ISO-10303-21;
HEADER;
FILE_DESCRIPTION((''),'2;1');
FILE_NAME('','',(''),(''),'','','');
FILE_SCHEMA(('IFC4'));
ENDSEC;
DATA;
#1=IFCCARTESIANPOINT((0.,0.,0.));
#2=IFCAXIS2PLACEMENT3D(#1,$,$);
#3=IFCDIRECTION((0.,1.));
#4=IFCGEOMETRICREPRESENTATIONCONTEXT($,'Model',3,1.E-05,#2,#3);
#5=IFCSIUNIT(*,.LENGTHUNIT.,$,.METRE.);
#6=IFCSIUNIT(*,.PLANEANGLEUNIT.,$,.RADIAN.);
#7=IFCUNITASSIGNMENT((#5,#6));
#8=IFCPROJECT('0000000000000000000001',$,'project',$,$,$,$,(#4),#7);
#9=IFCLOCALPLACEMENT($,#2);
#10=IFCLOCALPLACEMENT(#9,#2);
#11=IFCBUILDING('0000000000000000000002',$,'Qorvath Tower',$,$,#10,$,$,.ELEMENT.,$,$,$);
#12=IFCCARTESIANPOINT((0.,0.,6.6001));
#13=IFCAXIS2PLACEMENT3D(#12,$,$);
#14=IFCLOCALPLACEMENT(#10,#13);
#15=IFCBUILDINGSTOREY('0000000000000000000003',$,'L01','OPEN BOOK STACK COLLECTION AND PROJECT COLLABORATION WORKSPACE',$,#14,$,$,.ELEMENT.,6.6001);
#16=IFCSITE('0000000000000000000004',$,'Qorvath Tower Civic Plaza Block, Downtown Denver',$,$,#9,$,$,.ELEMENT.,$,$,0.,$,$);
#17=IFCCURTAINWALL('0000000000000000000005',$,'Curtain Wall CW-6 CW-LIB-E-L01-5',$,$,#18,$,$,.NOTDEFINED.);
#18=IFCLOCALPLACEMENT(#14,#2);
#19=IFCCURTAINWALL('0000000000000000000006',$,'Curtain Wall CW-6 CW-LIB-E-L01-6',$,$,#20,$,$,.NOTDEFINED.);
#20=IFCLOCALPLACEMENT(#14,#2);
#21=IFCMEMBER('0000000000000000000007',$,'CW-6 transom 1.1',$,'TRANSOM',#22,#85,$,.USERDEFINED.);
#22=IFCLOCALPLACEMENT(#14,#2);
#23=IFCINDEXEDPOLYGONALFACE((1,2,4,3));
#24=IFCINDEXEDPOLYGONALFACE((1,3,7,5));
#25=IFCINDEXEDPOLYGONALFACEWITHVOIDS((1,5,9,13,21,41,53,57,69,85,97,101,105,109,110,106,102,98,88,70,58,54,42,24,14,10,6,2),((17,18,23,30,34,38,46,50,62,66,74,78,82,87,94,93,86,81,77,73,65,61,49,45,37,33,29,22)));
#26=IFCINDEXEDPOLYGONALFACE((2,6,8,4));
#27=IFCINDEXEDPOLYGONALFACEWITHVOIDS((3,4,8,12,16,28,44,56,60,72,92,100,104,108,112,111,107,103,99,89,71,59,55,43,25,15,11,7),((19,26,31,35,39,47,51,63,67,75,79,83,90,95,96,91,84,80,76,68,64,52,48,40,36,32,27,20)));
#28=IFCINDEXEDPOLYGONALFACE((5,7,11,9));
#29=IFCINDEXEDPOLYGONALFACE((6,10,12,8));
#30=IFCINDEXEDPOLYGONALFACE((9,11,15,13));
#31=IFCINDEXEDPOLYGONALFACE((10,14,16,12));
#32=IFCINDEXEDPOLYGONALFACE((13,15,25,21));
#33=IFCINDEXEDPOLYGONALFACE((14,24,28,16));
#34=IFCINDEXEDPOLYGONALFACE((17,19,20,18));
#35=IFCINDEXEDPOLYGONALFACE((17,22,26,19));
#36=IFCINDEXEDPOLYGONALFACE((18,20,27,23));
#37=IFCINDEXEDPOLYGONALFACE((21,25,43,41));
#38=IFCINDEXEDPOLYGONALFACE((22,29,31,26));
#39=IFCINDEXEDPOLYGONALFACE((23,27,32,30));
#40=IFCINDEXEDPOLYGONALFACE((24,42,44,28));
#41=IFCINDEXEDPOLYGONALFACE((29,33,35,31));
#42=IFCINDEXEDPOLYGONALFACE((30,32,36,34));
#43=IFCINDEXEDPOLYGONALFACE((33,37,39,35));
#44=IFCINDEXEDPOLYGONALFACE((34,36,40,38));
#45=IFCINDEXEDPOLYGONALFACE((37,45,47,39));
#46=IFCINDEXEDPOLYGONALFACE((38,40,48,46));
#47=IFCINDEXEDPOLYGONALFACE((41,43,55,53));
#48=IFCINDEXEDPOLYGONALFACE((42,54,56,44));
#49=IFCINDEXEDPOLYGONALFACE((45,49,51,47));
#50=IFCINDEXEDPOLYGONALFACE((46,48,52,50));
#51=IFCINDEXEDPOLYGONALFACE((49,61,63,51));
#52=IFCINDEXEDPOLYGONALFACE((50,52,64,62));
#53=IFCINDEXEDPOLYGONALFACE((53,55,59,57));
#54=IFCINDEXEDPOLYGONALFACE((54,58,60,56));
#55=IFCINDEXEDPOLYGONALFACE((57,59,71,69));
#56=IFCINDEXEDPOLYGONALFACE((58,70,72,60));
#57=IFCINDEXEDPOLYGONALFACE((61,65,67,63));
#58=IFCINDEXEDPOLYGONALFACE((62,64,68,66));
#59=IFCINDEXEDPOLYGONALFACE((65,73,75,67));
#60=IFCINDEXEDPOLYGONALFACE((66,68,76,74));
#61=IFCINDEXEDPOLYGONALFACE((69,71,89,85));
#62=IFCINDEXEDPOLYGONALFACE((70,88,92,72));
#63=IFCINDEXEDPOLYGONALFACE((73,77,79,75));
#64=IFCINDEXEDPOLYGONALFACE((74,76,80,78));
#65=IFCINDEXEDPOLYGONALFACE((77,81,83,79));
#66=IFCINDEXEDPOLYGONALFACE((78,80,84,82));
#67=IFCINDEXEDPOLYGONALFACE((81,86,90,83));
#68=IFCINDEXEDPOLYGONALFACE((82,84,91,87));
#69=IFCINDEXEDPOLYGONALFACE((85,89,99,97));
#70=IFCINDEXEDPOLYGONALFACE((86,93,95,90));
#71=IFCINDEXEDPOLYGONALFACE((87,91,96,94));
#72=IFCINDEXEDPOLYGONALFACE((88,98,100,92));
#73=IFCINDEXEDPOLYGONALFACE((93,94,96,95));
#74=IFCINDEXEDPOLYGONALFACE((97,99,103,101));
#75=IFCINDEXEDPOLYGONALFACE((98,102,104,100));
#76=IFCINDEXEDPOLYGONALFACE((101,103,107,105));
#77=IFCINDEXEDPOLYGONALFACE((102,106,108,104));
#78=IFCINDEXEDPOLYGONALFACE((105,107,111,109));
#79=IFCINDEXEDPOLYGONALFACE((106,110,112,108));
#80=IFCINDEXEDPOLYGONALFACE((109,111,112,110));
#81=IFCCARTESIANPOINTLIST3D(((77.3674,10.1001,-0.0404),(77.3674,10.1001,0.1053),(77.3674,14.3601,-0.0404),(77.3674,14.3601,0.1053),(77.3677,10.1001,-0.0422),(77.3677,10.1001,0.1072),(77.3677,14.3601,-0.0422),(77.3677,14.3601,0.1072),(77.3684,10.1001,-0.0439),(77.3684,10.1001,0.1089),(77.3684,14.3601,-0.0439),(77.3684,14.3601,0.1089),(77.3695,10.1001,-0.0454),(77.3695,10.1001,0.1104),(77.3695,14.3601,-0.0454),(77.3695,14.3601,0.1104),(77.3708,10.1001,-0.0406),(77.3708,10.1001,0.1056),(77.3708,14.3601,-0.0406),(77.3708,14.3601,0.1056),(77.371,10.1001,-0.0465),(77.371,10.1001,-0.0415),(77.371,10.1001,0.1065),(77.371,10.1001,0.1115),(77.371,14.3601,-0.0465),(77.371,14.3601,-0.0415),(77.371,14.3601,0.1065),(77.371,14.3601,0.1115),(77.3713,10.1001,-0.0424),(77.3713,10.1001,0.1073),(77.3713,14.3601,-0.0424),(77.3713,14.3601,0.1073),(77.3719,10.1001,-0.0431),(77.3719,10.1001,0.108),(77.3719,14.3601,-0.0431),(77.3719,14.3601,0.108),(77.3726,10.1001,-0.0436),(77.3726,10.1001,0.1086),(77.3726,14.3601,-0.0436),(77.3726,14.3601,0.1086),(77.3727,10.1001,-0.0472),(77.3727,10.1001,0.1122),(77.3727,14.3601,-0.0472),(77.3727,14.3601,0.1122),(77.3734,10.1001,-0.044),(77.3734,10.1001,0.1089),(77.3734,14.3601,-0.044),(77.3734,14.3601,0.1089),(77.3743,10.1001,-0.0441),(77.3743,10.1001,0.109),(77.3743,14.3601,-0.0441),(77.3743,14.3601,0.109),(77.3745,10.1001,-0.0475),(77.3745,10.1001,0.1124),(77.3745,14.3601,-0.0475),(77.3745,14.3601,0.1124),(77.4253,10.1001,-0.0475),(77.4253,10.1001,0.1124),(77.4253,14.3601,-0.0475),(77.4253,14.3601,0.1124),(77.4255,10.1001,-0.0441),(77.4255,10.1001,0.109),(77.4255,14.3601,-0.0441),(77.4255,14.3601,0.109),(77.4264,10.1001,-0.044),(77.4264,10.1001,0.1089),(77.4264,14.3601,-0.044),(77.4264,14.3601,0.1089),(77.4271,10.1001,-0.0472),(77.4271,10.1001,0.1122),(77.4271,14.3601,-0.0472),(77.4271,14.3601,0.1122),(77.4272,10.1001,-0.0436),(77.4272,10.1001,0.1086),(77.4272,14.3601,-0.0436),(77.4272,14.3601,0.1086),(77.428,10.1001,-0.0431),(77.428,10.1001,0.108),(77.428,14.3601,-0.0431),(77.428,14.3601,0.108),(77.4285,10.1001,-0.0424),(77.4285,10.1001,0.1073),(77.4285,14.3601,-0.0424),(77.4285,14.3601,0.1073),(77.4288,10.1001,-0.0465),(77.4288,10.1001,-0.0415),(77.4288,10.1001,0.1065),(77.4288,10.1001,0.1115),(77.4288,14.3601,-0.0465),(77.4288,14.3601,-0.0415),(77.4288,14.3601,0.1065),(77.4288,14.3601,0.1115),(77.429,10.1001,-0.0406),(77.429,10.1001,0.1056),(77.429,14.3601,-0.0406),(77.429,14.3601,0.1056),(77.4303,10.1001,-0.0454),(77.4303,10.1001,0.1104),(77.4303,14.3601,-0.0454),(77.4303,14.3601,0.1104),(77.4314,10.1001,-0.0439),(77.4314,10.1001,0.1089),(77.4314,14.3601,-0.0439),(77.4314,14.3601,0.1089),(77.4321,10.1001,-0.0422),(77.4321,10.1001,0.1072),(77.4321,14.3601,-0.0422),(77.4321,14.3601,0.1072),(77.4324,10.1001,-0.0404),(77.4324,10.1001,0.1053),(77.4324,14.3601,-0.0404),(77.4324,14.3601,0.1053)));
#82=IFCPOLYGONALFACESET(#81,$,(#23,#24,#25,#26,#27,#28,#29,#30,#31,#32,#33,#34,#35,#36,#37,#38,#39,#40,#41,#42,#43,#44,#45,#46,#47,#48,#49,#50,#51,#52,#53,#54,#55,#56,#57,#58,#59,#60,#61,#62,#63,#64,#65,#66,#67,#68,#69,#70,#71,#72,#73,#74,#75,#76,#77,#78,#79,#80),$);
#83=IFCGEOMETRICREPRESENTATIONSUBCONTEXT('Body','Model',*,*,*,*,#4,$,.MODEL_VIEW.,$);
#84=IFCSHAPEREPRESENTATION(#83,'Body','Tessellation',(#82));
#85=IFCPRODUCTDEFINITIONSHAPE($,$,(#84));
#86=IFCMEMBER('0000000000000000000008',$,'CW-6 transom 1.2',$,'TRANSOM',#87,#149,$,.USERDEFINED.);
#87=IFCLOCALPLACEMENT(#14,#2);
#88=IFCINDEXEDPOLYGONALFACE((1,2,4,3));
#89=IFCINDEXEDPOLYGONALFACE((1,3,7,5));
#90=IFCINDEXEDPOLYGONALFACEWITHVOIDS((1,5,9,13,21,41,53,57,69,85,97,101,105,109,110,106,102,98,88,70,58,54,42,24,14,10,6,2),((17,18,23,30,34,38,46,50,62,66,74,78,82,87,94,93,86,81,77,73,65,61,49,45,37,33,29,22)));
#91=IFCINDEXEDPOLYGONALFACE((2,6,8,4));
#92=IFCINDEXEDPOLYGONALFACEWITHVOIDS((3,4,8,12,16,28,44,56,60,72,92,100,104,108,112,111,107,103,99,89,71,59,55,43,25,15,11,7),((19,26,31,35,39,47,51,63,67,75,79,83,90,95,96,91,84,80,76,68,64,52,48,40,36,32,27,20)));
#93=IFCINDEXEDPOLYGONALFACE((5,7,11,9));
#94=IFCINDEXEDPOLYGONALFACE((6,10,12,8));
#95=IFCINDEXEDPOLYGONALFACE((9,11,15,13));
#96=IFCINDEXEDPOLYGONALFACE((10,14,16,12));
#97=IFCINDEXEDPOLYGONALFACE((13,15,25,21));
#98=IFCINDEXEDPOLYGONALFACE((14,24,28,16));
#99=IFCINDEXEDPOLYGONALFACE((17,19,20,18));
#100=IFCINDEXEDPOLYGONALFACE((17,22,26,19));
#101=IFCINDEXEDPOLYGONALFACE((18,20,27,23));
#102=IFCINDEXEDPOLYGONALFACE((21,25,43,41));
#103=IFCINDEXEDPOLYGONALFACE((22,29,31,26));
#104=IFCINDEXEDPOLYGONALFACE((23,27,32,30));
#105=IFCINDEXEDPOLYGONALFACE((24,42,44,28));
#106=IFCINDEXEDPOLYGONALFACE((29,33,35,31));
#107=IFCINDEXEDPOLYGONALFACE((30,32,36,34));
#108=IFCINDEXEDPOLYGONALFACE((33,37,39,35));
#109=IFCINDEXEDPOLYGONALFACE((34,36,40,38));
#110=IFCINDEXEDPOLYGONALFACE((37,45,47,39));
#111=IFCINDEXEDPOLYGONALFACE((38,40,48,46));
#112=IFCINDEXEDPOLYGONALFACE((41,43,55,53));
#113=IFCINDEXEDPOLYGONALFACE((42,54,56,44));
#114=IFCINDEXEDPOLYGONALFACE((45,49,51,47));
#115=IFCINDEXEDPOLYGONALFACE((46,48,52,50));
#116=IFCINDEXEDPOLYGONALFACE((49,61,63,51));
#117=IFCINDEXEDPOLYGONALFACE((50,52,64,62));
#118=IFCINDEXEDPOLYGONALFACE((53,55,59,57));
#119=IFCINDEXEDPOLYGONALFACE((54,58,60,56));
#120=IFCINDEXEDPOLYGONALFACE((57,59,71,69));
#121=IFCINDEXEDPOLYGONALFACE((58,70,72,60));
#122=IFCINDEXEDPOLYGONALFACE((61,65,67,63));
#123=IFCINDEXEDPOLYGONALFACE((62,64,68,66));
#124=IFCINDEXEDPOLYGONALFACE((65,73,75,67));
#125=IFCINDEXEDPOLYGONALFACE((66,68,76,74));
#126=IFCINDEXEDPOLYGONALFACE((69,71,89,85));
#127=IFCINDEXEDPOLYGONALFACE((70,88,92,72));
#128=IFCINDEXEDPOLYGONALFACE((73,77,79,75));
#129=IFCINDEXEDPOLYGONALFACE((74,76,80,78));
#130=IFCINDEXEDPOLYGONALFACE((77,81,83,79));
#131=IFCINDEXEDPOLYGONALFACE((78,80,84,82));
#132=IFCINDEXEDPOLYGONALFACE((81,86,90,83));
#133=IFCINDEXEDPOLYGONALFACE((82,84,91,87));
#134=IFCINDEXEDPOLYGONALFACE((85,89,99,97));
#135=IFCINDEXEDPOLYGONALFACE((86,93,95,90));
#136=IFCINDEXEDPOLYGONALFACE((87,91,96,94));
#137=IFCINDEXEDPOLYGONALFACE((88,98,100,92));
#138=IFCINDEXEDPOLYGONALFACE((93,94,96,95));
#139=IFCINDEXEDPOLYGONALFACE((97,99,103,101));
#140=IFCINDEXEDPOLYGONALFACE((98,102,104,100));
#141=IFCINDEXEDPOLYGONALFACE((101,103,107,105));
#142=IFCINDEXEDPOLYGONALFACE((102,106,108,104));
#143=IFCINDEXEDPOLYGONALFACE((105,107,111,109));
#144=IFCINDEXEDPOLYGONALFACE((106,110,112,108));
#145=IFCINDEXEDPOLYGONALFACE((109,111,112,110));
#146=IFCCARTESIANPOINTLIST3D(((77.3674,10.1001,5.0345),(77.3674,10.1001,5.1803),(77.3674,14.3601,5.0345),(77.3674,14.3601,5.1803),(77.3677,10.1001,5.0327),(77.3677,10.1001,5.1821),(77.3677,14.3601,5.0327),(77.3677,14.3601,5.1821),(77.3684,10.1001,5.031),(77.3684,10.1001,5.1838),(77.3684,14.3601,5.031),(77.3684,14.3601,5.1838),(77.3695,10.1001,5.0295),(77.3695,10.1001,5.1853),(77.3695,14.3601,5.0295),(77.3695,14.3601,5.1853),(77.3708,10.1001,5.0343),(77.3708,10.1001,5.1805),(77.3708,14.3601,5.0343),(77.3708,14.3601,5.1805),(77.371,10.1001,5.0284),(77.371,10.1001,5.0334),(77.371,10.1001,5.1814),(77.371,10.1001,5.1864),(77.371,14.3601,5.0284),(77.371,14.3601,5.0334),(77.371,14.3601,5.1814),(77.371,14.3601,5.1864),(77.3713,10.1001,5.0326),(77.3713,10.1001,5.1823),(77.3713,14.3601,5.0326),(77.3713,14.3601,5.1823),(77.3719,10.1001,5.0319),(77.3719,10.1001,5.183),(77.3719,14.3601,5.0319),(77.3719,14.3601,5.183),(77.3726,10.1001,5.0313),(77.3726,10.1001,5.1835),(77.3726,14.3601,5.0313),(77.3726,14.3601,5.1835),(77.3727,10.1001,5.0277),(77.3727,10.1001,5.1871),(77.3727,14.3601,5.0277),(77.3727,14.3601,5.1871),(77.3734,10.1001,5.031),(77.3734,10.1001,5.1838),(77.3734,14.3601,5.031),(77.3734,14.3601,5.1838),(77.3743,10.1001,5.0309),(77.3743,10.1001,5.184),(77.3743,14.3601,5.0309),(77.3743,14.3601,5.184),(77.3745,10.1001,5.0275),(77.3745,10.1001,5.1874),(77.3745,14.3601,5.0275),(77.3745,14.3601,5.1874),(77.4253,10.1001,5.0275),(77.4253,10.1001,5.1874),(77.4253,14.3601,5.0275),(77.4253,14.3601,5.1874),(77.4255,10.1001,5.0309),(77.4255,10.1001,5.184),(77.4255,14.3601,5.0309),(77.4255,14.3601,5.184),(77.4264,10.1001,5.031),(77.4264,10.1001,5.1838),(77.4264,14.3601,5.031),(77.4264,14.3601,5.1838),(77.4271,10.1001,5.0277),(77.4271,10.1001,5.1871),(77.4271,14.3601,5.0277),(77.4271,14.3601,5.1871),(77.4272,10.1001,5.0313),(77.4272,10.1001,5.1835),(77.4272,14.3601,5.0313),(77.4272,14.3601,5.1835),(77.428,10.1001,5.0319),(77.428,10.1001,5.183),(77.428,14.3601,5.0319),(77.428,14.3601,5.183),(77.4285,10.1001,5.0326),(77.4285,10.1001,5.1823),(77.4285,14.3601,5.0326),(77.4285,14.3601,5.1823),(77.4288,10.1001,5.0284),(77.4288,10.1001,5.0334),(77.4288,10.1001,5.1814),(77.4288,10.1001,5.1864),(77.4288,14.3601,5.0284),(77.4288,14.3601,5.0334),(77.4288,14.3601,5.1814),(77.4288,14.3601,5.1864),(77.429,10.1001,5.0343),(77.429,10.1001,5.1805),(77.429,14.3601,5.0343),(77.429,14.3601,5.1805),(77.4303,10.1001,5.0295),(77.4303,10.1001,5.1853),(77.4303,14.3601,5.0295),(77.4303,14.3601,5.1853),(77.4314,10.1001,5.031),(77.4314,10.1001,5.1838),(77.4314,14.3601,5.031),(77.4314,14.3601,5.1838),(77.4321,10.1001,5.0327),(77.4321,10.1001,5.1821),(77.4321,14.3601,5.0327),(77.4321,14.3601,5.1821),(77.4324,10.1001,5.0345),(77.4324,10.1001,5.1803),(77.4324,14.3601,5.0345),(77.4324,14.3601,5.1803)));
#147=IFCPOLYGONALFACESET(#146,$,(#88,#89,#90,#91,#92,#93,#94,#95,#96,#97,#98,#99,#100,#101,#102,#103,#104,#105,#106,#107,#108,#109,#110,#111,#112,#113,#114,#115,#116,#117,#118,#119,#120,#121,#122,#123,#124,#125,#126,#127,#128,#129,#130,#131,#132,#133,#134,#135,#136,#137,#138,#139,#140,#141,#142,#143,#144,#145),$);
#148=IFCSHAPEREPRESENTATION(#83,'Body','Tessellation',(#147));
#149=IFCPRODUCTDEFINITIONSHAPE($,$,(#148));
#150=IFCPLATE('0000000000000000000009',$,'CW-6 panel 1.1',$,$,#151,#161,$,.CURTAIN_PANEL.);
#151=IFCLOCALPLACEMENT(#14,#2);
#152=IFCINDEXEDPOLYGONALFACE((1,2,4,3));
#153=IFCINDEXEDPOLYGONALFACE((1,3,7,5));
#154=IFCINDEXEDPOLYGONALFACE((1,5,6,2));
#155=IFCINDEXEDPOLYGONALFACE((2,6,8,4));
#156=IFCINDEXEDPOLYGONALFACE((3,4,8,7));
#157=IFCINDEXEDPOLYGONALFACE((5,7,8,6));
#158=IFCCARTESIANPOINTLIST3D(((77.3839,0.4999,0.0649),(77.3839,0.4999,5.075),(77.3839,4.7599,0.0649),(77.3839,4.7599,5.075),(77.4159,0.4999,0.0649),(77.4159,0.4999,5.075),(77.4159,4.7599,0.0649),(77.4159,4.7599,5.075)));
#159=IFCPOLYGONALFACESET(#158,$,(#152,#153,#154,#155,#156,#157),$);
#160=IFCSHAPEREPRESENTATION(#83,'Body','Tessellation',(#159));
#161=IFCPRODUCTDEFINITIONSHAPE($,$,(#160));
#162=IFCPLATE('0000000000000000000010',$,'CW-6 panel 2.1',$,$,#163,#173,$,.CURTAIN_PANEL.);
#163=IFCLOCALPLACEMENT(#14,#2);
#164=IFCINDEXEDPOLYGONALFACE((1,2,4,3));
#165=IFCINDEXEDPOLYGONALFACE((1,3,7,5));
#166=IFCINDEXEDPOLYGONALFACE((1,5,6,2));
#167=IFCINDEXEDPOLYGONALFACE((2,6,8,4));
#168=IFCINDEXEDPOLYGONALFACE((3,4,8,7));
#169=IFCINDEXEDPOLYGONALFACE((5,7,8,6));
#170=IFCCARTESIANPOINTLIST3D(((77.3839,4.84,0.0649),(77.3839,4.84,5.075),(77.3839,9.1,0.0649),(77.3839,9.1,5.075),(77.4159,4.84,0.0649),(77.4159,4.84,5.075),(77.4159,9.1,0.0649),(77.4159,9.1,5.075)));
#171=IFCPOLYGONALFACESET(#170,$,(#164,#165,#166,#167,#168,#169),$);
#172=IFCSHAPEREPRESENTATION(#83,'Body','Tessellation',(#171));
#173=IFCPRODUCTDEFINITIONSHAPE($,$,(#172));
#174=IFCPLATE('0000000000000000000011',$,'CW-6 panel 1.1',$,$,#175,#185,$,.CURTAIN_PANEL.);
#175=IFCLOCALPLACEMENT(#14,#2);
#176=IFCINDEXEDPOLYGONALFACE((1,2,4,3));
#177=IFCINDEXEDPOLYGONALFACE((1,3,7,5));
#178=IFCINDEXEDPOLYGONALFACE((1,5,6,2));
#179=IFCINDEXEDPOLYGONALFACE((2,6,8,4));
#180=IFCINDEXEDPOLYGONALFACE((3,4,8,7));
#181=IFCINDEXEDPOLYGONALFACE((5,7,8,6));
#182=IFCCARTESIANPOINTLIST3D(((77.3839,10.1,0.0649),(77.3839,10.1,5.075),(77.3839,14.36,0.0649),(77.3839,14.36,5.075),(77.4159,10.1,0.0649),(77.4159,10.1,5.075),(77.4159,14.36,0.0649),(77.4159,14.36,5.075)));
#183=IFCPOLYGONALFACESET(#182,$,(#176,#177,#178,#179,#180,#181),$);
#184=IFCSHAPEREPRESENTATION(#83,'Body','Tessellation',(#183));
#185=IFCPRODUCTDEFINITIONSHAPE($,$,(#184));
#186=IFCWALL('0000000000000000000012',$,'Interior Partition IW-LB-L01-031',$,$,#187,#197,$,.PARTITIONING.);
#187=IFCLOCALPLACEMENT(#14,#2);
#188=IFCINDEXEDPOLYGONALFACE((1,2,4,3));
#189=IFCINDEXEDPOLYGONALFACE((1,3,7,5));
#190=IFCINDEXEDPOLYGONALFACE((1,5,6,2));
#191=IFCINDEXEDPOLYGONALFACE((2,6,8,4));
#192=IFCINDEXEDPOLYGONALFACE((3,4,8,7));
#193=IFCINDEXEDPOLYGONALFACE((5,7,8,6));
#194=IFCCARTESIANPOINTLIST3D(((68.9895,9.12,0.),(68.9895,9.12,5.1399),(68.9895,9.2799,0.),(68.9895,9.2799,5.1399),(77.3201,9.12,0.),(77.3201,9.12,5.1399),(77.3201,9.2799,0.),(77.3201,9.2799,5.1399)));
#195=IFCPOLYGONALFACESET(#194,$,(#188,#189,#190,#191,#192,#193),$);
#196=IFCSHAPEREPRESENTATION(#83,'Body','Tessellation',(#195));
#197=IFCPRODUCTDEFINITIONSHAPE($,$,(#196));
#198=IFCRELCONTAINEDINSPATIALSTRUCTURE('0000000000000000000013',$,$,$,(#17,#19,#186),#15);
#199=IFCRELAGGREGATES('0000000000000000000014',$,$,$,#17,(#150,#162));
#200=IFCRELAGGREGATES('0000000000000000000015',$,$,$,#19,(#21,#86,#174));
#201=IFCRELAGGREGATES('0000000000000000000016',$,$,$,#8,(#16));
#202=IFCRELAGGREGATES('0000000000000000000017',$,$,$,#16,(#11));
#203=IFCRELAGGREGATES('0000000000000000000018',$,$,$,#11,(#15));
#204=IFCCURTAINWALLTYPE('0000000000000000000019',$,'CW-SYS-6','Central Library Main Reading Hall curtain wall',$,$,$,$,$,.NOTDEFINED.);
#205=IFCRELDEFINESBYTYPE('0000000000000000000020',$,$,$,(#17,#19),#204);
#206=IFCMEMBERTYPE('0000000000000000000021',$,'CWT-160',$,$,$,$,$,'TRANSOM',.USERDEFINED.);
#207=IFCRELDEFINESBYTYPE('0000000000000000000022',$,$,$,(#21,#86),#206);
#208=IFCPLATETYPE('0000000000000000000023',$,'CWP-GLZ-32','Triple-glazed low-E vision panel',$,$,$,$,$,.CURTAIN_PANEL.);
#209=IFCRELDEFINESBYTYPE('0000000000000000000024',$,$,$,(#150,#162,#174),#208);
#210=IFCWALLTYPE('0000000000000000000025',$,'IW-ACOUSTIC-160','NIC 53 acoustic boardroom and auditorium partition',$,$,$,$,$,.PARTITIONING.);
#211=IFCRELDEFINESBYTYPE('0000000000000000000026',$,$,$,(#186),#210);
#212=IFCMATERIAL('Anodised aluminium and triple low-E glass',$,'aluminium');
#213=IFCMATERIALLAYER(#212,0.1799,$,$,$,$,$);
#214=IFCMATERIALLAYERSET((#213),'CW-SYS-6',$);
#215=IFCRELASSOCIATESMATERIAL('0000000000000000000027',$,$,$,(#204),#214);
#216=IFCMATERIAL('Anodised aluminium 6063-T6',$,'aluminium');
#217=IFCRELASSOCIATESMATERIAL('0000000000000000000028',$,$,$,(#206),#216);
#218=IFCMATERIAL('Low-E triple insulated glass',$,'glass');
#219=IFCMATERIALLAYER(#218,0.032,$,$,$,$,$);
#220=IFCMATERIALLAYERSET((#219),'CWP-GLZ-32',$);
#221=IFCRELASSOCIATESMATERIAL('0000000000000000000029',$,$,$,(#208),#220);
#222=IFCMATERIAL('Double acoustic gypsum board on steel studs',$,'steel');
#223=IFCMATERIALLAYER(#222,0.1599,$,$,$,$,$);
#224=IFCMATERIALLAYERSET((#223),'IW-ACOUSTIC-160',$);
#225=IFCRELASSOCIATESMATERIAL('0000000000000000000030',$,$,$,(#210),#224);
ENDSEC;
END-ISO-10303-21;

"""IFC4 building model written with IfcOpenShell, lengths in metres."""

from ifc_helpers import new_model, si_unit, direction, frame, frame_2d, origin, origin_2d, place, context, subcontext, project, spatial, rectangle, hollow_rectangle, extrude, material, layer, layer_set, material_profile, profile_set, type_object, element, aggregate, save


model = new_model("IFC4")

# Units and contexts
model_context = context("Model", 3, precision=1e-05, world=origin(), true_north=direction((0.0, 1.0)))
body_context = subcontext(model_context, "Body", "Model", "MODEL_VIEW")
ifc_project = project(units=[si_unit("LENGTHUNIT", "METRE"), si_unit("PLANEANGLEUNIT", "RADIAN")], contexts=[model_context])

# Site, building, storey
site_placement = place(None, origin())
site = spatial("IfcSite", under=ifc_project, at=site_placement, Name="Qorvath Tower Civic Plaza Block, Downtown Denver", CompositionType="ELEMENT", RefElevation=0.0)
building_placement = place(site_placement, origin())
building = spatial("IfcBuilding", under=site, at=building_placement, Name="Qorvath Tower", CompositionType="ELEMENT")
storey_placement = place(building_placement, frame((0.0, 0.0, 6.6001)))
storey = spatial("IfcBuildingStorey", under=building, at=storey_placement, Name="L01", Description="OPEN BOOK STACK COLLECTION AND PROJECT COLLABORATION WORKSPACE", CompositionType="ELEMENT", Elevation=6.6001)

# Curtain walls
ifc_material_1 = material(Name="Anodised aluminium and triple low-E glass", Category="aluminium")
ifc_layer_1 = layer(ifc_material_1, 0.1799)
ifc_layer_set_1 = layer_set([ifc_layer_1], Name="CW-SYS-6")
curtain_wall_type = type_object("IfcCurtainWallType", Name="CW-SYS-6", Description="Central Library Main Reading Hall curtain wall", PredefinedType="NOTDEFINED", material=ifc_layer_set_1)
curtain_wall_1_placement = place(storey_placement, origin())
curtain_wall_1 = element("IfcCurtainWall", 1, at=curtain_wall_1_placement, inside=storey, type_object=curtain_wall_type, Name="Curtain Wall CW-6 CW-LIB-E-L01-5", PredefinedType="NOTDEFINED")
curtain_wall_2_placement = place(storey_placement, origin())
curtain_wall_2 = element("IfcCurtainWall", 2, at=curtain_wall_2_placement, inside=storey, type_object=curtain_wall_type, Name="Curtain Wall CW-6 CW-LIB-E-L01-6", PredefinedType="NOTDEFINED")

# Members
ifc_material_2 = material(Name="Anodised aluminium 6063-T6", Category="aluminium")
ifc_material_profile_1 = material_profile(ifc_material_2, hollow_rectangle(XDim=0.0649, YDim=0.1599, WallThickness=0.0034, InnerFilletRadius=0.0034, OuterFilletRadius=0.0071, at=origin_2d()), Name="CWT 160x65")
ifc_profile_set_1 = profile_set([ifc_material_profile_1], Name="Anodised aluminium 6063-T6")
member_type_1 = type_object("IfcMemberType", Name="CWT-160", ElementType="TRANSOM", PredefinedType="USERDEFINED", material=ifc_profile_set_1)
member_1_placement = place(storey_placement, frame((77.3999, 10.1001, 0.0325), z_axis=(0.0, 1.0, 0.0), x_axis=(-1.0, 0.0, 0.0)))
member_1 = element("IfcMember", 3, at=member_1_placement, type_object=member_type_1, Name="CW-6 transom 1.1", ObjectType="TRANSOM", PredefinedType="USERDEFINED", context=body_context, shape_type="SweptSolid", body=[
    extrude(hollow_rectangle(XDim=0.0649, YDim=0.1599, WallThickness=0.0034, InnerFilletRadius=0.0034, OuterFilletRadius=0.0071, at=origin_2d()), origin(), (0.0, 0.0, 1.0), 4.26),
])
member_2_placement = place(storey_placement, frame((77.3999, 10.1001, 5.1074), z_axis=(0.0, 1.0, 0.0), x_axis=(-1.0, 0.0, 0.0)))
member_2 = element("IfcMember", 4, at=member_2_placement, type_object=member_type_1, Name="CW-6 transom 1.2", ObjectType="TRANSOM", PredefinedType="USERDEFINED", context=body_context, shape_type="SweptSolid", body=[
    extrude(hollow_rectangle(XDim=0.0649, YDim=0.1599, WallThickness=0.0034, InnerFilletRadius=0.0034, OuterFilletRadius=0.0071, at=origin_2d()), origin(), (0.0, 0.0, 1.0), 4.26),
])

# Plates
ifc_material_3 = material(Name="Low-E triple insulated glass", Category="glass")
ifc_layer_2 = layer(ifc_material_3, 0.032)
ifc_layer_set_2 = layer_set([ifc_layer_2], Name="CWP-GLZ-32")
plate_type = type_object("IfcPlateType", Name="CWP-GLZ-32", Description="Triple-glazed low-E vision panel", PredefinedType="CURTAIN_PANEL", material=ifc_layer_set_2)
plate_1_placement = place(storey_placement, frame((77.3999, 2.6299, 0.0649), z_axis=(0.0, 0.0, 1.0), x_axis=(0.0, 1.0, 0.0)))
plate_1 = element("IfcPlate", 5, at=plate_1_placement, type_object=plate_type, Name="CW-6 panel 1.1", PredefinedType="CURTAIN_PANEL", context=body_context, shape_type="SweptSolid", body=[
    extrude(rectangle(XDim=4.26, YDim=0.032, at=origin_2d()), origin(), (0.0, 0.0, 1.0), 5.01),
])
plate_2_placement = place(storey_placement, frame((77.3999, 6.97, 0.0649), z_axis=(0.0, 0.0, 1.0), x_axis=(0.0, 1.0, 0.0)))
plate_2 = element("IfcPlate", 6, at=plate_2_placement, type_object=plate_type, Name="CW-6 panel 2.1", PredefinedType="CURTAIN_PANEL", context=body_context, shape_type="SweptSolid", body=[
    extrude(rectangle(XDim=4.26, YDim=0.032, at=origin_2d()), origin(), (0.0, 0.0, 1.0), 5.01),
])
aggregate(curtain_wall_1, [plate_1, plate_2])
plate_3_placement = place(storey_placement, frame((77.3999, 12.23, 0.0649), z_axis=(0.0, 0.0, 1.0), x_axis=(0.0, 1.0, 0.0)))
plate_3 = element("IfcPlate", 7, at=plate_3_placement, type_object=plate_type, Name="CW-6 panel 1.1", PredefinedType="CURTAIN_PANEL", context=body_context, shape_type="SweptSolid", body=[
    extrude(rectangle(XDim=4.26, YDim=0.032, at=origin_2d()), origin(), (0.0, 0.0, 1.0), 5.01),
])
aggregate(curtain_wall_2, [member_1, member_2, plate_3])

# Wall
ifc_material_4 = material(Name="Double acoustic gypsum board on steel studs", Category="steel")
ifc_layer_3 = layer(ifc_material_4, 0.1599)
ifc_layer_set_3 = layer_set([ifc_layer_3], Name="IW-ACOUSTIC-160")
wall_type = type_object("IfcWallType", Name="IW-ACOUSTIC-160", Description="NIC 53 acoustic boardroom and auditorium partition", PredefinedType="PARTITIONING", material=ifc_layer_set_3)
wall_placement = place(storey_placement, frame((77.3201, 9.2, 0.0), z_axis=(0.0, 0.0, 1.0), x_axis=(-1.0, 0.0, 0.0)))
element("IfcWall", 8, at=wall_placement, inside=storey, type_object=wall_type, Name="Interior Partition IW-LB-L01-031", PredefinedType="PARTITIONING", context=body_context, shape_type="SweptSolid", body=[
    extrude(rectangle(XDim=8.3306, YDim=0.1599, at=frame_2d((4.1653, 0.0))), origin(), (0.0, 0.0, 1.0), 5.1399),
])

save(model, "model.ifc")
